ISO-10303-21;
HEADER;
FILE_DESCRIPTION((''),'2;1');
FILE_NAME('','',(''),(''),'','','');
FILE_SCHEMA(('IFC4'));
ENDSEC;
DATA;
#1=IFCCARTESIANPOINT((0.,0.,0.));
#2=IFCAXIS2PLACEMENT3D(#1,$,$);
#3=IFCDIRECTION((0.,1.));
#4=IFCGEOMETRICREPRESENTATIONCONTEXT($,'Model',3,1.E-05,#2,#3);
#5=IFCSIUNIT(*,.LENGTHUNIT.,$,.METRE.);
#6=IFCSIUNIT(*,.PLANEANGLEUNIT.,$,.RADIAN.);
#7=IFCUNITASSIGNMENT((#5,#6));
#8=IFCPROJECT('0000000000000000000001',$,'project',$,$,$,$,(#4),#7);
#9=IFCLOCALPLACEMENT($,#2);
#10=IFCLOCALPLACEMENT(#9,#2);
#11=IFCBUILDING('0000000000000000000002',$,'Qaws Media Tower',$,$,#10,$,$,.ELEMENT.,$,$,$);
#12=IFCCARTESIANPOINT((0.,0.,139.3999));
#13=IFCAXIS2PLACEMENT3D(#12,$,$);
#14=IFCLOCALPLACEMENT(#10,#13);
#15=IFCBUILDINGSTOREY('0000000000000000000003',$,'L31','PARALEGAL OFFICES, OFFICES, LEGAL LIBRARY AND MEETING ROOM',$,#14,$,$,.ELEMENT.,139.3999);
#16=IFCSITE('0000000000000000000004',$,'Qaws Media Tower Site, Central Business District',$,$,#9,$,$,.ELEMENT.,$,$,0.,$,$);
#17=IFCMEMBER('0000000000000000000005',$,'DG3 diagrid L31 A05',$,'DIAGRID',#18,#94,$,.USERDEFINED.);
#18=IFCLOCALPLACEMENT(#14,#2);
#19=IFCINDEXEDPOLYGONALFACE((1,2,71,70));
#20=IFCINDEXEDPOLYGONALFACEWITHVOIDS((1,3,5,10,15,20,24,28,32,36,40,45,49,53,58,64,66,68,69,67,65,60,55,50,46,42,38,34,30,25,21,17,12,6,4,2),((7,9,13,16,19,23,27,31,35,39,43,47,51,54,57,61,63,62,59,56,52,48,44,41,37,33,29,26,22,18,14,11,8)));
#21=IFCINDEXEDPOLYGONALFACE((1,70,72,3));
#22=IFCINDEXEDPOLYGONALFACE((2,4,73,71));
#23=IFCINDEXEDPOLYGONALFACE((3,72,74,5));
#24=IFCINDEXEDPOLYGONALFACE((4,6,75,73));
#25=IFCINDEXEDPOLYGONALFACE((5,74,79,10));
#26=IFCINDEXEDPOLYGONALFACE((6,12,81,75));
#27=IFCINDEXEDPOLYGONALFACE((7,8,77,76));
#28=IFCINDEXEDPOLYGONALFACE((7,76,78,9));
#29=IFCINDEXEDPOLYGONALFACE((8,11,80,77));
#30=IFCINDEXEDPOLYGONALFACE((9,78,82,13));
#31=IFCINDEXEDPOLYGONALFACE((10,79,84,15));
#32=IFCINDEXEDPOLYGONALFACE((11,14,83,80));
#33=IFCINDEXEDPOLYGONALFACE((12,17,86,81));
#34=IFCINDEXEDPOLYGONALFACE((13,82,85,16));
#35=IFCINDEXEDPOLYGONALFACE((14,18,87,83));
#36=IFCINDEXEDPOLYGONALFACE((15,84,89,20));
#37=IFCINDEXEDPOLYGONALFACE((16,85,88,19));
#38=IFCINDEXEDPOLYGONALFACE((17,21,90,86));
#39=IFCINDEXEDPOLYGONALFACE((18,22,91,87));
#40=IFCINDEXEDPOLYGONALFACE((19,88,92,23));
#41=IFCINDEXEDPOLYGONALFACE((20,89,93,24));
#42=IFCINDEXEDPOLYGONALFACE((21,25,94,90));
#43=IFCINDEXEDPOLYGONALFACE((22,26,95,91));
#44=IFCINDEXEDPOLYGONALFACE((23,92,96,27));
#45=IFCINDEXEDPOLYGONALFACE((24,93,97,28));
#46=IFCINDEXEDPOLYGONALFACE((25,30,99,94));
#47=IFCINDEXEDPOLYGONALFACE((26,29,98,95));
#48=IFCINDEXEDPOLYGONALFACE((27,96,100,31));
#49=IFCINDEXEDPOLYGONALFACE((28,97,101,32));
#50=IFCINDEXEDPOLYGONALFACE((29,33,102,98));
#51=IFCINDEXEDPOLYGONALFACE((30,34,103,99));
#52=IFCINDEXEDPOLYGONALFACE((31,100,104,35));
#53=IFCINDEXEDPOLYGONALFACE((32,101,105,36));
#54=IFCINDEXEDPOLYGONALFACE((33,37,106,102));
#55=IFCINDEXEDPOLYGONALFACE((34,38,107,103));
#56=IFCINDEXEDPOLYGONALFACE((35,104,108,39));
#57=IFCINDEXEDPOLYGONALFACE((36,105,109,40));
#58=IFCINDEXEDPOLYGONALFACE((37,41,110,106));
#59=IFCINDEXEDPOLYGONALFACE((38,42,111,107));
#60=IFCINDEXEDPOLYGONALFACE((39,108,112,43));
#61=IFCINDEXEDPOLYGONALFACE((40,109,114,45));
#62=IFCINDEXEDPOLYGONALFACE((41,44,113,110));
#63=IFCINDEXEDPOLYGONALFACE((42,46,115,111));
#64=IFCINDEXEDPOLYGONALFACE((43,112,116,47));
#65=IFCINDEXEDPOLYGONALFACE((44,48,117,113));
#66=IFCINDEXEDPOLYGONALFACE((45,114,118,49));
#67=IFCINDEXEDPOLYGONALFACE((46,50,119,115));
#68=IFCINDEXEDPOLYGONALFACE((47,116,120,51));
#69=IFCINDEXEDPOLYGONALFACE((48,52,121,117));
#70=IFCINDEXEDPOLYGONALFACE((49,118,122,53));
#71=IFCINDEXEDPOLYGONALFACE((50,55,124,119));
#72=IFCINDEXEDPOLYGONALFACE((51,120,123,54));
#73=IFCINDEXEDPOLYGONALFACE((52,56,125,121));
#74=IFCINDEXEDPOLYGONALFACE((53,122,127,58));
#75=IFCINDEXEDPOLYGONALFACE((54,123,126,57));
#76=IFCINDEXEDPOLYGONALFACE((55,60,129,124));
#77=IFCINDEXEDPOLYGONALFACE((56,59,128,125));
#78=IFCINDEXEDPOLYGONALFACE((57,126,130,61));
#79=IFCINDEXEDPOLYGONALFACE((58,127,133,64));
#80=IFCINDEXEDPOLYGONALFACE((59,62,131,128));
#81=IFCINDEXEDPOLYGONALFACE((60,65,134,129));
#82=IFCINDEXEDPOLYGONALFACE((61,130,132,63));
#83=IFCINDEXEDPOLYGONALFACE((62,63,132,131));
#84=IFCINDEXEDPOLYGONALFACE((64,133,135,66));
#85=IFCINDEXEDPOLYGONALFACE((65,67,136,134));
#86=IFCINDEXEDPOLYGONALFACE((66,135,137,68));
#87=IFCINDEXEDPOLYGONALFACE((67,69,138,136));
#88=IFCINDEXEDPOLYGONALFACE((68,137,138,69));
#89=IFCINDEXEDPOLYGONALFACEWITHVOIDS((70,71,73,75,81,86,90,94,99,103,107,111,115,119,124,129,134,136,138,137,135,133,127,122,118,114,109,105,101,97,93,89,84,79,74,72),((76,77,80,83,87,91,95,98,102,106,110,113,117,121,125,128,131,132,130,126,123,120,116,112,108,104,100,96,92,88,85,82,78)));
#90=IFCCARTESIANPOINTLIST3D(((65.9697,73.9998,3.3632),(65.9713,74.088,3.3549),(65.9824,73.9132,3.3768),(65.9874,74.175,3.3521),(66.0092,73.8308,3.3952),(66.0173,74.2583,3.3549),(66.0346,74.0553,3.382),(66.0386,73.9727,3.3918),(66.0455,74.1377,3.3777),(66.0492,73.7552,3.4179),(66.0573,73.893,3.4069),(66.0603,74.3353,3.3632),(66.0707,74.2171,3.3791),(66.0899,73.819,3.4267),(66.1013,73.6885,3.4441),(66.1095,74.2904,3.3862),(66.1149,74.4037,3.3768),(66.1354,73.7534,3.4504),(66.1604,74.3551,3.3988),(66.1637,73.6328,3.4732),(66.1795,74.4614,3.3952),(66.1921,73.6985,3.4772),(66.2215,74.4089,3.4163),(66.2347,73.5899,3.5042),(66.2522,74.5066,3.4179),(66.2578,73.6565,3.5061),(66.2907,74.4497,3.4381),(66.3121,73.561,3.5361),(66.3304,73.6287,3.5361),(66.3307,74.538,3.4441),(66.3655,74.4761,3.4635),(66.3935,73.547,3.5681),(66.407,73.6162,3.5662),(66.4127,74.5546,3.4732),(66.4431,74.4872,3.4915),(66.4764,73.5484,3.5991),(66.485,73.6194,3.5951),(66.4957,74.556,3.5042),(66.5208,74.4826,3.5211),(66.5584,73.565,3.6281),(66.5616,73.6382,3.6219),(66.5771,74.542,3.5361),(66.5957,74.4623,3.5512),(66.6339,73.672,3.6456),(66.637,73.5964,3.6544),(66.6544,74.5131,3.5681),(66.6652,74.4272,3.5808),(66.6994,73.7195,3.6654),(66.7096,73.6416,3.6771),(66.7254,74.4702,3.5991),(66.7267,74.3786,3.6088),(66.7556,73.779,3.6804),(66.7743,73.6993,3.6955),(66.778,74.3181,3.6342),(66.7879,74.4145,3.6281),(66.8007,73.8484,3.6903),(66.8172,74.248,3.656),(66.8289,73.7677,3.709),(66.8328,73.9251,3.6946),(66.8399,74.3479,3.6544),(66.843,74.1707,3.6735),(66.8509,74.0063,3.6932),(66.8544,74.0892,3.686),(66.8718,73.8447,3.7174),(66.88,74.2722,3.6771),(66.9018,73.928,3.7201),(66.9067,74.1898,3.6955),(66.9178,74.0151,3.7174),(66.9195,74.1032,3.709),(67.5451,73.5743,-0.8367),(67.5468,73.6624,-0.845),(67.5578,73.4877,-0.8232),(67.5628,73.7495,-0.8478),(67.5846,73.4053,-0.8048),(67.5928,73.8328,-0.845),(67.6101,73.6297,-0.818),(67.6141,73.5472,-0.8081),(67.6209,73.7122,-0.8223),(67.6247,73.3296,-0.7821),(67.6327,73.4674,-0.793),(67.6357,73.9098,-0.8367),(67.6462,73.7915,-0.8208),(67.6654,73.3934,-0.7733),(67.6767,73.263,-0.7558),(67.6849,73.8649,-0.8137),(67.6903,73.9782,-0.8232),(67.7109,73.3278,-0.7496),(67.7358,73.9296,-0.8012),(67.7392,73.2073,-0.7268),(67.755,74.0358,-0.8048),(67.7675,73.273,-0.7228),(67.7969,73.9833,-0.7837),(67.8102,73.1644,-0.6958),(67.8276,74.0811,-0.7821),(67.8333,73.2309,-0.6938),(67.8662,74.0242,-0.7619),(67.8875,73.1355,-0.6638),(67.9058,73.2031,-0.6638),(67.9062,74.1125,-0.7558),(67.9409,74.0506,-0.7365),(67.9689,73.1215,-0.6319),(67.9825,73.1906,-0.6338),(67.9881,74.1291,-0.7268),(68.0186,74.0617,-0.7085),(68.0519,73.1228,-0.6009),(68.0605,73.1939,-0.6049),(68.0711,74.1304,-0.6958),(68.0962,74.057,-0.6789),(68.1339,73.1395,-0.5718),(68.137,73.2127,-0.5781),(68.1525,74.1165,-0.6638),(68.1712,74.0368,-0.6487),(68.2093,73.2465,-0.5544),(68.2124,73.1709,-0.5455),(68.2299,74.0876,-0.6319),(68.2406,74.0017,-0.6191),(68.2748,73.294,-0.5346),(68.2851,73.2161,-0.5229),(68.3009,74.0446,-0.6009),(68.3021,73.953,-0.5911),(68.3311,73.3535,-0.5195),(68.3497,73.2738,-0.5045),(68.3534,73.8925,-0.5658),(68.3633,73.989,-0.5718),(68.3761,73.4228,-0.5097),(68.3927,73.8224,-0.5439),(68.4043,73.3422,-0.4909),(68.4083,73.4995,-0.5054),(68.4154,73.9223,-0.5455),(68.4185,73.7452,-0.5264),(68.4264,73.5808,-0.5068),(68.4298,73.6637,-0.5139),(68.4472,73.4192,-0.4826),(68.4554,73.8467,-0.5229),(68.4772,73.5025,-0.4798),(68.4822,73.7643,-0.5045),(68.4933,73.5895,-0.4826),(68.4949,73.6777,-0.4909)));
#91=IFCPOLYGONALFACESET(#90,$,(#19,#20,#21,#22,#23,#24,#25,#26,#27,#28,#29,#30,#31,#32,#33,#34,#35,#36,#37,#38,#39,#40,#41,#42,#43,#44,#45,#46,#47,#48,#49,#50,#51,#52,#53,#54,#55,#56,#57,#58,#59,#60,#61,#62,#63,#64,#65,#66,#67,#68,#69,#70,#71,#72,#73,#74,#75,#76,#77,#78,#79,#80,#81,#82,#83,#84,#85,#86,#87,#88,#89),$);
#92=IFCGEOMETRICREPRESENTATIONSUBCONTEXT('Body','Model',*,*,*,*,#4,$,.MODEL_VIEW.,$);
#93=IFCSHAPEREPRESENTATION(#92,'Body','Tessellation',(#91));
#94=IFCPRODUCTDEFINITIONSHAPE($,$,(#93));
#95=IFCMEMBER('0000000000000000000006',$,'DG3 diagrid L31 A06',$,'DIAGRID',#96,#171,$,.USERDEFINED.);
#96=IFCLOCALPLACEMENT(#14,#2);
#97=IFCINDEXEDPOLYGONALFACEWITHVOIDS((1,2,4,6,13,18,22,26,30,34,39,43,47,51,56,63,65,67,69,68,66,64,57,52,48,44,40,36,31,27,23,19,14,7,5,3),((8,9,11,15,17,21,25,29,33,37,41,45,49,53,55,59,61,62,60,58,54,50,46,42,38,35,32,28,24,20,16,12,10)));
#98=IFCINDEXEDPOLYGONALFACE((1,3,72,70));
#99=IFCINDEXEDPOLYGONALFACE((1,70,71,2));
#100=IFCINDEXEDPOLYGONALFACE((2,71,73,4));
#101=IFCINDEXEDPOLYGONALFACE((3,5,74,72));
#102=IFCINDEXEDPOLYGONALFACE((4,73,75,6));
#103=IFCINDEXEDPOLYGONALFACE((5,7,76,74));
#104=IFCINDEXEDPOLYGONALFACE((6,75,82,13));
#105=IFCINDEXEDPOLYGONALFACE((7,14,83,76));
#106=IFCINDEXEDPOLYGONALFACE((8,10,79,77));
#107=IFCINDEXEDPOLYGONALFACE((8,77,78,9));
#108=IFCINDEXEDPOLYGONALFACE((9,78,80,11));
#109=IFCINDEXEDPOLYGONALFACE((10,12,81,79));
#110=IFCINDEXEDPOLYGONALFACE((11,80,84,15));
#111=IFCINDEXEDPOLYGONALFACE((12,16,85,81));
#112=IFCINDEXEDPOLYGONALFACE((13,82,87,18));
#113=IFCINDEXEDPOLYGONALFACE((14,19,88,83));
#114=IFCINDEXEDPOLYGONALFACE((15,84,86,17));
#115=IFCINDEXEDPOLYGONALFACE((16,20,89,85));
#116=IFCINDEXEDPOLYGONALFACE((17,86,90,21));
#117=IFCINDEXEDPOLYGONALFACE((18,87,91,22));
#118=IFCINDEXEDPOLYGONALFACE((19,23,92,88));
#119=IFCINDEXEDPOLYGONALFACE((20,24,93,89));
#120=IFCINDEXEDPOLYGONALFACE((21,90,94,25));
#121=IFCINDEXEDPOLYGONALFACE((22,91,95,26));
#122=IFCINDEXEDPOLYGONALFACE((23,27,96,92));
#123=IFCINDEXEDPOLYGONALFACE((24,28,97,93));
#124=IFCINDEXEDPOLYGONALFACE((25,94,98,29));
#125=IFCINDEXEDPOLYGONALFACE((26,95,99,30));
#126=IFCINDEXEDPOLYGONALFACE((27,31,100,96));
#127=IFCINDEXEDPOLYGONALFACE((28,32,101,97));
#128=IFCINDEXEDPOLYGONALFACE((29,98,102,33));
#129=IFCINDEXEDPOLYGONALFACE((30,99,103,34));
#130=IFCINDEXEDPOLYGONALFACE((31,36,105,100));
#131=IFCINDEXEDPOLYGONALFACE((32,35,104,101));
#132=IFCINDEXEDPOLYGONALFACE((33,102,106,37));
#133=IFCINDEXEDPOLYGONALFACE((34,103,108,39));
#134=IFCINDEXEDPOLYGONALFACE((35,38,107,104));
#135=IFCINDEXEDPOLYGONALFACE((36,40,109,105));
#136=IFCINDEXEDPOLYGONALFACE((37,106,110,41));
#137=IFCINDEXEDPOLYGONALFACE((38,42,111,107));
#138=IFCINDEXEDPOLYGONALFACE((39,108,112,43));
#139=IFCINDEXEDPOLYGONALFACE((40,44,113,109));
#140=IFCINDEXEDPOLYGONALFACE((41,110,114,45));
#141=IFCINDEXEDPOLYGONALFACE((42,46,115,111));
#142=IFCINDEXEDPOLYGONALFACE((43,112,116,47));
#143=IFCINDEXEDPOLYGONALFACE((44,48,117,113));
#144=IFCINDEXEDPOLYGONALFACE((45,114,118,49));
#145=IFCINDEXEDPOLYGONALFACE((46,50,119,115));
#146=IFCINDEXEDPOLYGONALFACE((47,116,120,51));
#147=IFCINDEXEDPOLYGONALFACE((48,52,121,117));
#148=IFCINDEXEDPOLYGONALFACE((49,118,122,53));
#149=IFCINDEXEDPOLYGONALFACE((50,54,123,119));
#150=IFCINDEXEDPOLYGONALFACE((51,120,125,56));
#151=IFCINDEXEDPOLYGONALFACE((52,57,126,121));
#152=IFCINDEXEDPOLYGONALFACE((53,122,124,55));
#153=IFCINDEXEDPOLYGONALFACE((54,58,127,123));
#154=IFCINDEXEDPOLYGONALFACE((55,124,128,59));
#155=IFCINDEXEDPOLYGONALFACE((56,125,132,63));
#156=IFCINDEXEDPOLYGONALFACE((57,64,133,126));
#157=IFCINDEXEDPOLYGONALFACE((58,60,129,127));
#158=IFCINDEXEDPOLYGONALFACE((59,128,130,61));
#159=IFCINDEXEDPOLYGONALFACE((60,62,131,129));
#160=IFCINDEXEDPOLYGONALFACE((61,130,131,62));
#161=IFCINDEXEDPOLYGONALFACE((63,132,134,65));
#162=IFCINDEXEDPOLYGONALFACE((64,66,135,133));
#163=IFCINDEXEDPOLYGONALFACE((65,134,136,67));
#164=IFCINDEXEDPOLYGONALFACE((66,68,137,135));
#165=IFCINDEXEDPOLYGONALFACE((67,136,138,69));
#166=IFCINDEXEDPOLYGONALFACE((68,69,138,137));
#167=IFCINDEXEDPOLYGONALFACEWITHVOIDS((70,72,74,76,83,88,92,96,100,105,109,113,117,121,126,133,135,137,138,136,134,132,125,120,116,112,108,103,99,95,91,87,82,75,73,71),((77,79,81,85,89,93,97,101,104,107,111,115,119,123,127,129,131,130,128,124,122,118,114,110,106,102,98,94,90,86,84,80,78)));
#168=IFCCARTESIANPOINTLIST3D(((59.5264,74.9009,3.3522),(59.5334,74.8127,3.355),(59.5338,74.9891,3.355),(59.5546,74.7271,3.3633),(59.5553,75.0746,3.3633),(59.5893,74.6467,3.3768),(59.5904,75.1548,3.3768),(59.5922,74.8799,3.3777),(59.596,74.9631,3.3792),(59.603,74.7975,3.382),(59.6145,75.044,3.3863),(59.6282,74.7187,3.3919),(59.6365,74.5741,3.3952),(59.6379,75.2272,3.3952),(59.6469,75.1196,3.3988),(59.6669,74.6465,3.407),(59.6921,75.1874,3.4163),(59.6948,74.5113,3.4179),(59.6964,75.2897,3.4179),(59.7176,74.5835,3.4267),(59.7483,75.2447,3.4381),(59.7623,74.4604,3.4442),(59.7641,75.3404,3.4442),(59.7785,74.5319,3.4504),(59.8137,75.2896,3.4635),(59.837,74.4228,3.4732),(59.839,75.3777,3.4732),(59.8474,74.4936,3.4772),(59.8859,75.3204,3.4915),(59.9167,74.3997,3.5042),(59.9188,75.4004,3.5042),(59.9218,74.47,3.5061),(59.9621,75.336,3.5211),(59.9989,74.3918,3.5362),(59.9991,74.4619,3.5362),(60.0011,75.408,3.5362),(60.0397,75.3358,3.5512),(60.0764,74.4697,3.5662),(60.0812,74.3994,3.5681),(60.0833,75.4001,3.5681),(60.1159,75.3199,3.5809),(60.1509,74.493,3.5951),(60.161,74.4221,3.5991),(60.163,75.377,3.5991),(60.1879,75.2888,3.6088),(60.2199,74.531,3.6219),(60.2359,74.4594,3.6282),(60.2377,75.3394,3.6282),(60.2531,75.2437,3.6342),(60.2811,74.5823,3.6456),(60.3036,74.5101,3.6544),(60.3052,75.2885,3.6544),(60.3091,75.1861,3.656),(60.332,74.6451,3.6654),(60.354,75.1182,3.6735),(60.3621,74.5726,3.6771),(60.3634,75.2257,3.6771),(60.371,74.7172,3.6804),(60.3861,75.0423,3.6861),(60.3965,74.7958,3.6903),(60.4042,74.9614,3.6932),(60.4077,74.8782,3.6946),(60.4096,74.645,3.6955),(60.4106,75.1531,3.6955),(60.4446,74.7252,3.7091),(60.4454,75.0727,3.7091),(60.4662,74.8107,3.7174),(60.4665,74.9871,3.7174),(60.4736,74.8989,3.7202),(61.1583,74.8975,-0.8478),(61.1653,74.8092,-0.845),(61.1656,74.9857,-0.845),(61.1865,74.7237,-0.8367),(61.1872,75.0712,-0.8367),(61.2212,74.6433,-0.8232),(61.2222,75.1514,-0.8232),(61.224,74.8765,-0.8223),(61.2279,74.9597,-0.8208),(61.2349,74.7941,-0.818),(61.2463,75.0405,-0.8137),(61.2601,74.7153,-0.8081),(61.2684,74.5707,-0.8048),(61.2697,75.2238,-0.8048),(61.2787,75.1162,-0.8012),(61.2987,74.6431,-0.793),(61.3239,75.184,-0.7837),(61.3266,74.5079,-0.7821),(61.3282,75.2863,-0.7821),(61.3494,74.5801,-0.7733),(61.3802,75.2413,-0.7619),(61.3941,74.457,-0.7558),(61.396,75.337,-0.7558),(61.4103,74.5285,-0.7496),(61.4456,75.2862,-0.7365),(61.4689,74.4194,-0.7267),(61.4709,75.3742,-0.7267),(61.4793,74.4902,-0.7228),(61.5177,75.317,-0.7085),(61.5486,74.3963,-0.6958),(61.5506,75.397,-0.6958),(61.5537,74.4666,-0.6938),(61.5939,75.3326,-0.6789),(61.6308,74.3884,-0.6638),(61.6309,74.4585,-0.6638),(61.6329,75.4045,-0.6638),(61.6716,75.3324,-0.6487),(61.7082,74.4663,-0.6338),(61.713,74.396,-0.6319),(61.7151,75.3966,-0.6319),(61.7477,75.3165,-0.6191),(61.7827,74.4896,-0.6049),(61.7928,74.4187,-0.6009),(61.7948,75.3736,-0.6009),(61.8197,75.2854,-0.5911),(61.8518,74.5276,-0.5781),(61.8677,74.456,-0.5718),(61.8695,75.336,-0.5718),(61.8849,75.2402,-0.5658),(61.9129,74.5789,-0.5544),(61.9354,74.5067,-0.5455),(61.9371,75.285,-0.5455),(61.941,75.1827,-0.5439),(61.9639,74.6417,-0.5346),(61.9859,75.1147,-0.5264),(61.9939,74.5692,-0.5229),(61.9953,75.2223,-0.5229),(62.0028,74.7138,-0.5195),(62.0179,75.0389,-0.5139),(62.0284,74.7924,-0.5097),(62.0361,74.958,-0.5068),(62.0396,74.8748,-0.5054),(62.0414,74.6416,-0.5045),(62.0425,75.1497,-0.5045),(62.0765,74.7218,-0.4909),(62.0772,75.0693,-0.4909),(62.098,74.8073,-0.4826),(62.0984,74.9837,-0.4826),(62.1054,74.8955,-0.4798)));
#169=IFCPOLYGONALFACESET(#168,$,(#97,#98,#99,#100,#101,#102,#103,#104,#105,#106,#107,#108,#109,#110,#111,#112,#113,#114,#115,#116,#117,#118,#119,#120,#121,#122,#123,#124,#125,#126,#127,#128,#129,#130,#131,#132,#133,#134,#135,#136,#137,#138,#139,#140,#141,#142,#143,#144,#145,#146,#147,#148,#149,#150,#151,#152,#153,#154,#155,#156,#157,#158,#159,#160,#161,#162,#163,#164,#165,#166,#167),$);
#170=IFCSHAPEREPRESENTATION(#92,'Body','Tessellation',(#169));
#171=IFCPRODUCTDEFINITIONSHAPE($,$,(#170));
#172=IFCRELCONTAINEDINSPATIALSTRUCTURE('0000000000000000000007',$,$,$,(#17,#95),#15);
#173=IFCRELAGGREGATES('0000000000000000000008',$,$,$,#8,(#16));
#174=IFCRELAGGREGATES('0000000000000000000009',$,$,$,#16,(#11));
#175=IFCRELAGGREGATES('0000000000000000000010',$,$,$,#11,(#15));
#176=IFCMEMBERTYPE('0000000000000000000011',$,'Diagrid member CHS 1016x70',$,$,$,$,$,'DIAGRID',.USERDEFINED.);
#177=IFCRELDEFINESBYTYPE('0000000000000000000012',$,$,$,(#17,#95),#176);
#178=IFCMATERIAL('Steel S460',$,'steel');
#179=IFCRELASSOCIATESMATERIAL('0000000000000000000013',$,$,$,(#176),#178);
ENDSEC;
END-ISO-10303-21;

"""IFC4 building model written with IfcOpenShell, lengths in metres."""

from ifc_helpers import new_model, si_unit, direction, frame, origin, origin_2d, place, context, subcontext, project, spatial, hollow_circle, extrude, material, material_profile, profile_set, type_object, element, save


model = new_model("IFC4")

# Units and contexts
model_context = context("Model", 3, precision=1e-05, world=origin(), true_north=direction((0.0, 1.0)))
body_context = subcontext(model_context, "Body", "Model", "MODEL_VIEW")
ifc_project = project(units=[si_unit("LENGTHUNIT", "METRE"), si_unit("PLANEANGLEUNIT", "RADIAN")], contexts=[model_context])

# Site, building, storey
site_placement = place(None, origin())
site = spatial("IfcSite", under=ifc_project, at=site_placement, Name="Qaws Media Tower Site, Central Business District", CompositionType="ELEMENT", RefElevation=0.0)
building_placement = place(site_placement, origin())
building = spatial("IfcBuilding", under=site, at=building_placement, Name="Qaws Media Tower", CompositionType="ELEMENT")
storey_placement = place(building_placement, frame((0.0, 0.0, 139.3999)))
storey = spatial("IfcBuildingStorey", under=building, at=storey_placement, Name="L31", Description="PARALEGAL OFFICES, OFFICES, LEGAL LIBRARY AND MEETING ROOM", CompositionType="ELEMENT", Elevation=139.3999)

# Members
ifc_material_1 = material(Name="Steel S460", Category="steel")
ifc_material_profile_1 = material_profile(ifc_material_1, hollow_circle(Radius=0.5081, WallThickness=0.0701, at=origin_2d()), Name="CHS 1016x70")
ifc_profile_set_1 = profile_set([ifc_material_profile_1], Name="Steel S460")
member_type_1 = type_object("IfcMemberType", Name="Diagrid member CHS 1016x70", ElementType="DIAGRID", PredefinedType="USERDEFINED", material=ifc_profile_set_1)
for number, where, z_axis, x_axis, name in (
    (1, (68.02, 73.626, -0.6638), (-0.349643, 0.094441, 0.932111), (-0.260762, -0.965403, 0.0), "DG3 diagrid L31 A05"),
    (2, (61.6318, 74.8965, -0.6638), (-0.362161, 0.000759, 0.932115), (-0.002095, -0.999998, 0.0), "DG3 diagrid L31 A06"),
):
    element("IfcMember", number, at=place(storey_placement, frame(where, z_axis=z_axis, x_axis=x_axis)), inside=storey, type_object=member_type_1, Name=name, ObjectType="DIAGRID", PredefinedType="USERDEFINED", context=body_context, shape_type="SweptSolid", body=[
        extrude(hollow_circle(Radius=0.5081, WallThickness=0.0701, at=origin_2d()), origin(), (0.0, 0.0, 1.0), 4.5059),
    ])

save(model, "model.ifc")
